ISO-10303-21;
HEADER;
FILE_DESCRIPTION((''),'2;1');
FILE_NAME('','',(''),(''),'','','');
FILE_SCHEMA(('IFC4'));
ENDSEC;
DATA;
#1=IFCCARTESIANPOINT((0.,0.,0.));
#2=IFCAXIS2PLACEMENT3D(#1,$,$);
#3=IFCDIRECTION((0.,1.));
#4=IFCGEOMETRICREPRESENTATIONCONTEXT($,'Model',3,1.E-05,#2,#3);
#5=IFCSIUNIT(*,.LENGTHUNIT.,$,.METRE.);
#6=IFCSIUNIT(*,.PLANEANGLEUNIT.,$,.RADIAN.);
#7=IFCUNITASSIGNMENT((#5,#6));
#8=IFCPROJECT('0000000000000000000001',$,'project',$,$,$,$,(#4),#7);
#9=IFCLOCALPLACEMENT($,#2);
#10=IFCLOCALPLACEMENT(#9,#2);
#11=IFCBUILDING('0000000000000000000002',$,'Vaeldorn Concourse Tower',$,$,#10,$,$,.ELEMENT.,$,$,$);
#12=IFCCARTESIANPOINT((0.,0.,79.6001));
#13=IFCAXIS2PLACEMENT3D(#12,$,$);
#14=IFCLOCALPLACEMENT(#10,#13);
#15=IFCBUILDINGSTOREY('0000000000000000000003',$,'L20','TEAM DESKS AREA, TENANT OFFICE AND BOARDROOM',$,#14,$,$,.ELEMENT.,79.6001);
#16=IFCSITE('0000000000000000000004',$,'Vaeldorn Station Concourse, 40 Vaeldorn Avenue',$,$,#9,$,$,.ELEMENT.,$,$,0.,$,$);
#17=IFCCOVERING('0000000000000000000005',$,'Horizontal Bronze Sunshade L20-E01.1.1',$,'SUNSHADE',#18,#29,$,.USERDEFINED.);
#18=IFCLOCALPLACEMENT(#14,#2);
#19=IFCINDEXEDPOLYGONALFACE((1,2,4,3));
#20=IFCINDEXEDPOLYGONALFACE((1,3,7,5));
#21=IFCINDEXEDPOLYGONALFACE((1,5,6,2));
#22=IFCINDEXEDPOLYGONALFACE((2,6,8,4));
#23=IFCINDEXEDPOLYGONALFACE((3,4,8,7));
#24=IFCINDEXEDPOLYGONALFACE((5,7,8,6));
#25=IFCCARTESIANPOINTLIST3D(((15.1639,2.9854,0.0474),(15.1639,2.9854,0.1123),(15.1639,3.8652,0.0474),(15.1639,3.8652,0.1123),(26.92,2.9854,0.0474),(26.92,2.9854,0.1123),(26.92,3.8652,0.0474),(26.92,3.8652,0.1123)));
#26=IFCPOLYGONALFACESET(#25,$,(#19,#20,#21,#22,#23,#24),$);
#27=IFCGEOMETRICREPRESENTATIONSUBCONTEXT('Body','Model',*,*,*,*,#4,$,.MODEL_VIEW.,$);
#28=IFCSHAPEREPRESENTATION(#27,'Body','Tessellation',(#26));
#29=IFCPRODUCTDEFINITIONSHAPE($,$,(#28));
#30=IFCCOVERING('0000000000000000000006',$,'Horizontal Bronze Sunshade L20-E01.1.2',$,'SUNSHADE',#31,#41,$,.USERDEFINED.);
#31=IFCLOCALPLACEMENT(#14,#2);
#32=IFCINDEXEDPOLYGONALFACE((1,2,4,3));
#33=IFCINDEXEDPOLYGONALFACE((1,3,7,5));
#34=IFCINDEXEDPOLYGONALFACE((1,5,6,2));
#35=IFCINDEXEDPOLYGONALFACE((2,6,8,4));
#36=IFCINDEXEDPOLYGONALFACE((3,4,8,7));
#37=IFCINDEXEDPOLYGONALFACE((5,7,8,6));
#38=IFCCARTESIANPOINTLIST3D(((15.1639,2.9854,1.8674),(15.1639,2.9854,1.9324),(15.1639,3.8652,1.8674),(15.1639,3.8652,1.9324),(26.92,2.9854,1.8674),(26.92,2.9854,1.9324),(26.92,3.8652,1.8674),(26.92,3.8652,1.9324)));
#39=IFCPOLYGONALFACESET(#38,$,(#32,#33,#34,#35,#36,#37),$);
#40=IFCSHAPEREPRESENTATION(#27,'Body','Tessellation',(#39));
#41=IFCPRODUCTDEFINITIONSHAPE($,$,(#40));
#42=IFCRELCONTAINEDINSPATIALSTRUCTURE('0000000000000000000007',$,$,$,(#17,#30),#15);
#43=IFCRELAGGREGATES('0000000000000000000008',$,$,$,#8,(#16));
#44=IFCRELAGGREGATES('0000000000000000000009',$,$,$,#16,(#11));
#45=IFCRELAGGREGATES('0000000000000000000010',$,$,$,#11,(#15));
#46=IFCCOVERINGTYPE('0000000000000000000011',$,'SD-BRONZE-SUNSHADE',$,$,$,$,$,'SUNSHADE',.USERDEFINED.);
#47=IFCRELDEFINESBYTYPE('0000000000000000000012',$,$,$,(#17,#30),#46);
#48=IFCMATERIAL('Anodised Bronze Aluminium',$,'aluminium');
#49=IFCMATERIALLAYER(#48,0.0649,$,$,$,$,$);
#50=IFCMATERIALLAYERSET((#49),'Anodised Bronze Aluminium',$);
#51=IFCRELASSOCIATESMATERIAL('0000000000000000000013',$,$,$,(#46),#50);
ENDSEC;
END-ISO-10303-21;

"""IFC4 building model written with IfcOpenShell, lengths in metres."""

from ifc_helpers import new_model, si_unit, direction, frame, origin, origin_2d, place, context, subcontext, project, spatial, rectangle, extrude, source, transform, mapped, material, layer, layer_set, type_object, element, save


model = new_model("IFC4")

# Units and contexts
model_context = context("Model", 3, precision=1e-05, world=origin(), true_north=direction((0.0, 1.0)))
body_context = subcontext(model_context, "Body", "Model", "MODEL_VIEW")
ifc_project = project(units=[si_unit("LENGTHUNIT", "METRE"), si_unit("PLANEANGLEUNIT", "RADIAN")], contexts=[model_context])

# Site, building, storey
site_placement = place(None, origin())
site = spatial("IfcSite", under=ifc_project, at=site_placement, Name="Vaeldorn Station Concourse, 40 Vaeldorn Avenue", CompositionType="ELEMENT", RefElevation=0.0)
building_placement = place(site_placement, origin())
building = spatial("IfcBuilding", under=site, at=building_placement, Name="Vaeldorn Concourse Tower", CompositionType="ELEMENT")
storey_placement = place(building_placement, frame((0.0, 0.0, 79.6001)))
storey = spatial("IfcBuildingStorey", under=building, at=storey_placement, Name="L20", Description="TEAM DESKS AREA, TENANT OFFICE AND BOARDROOM", CompositionType="ELEMENT", Elevation=79.6001)

# Shared definitions
ifc_material_1 = material(Name="Anodised Bronze Aluminium", Category="aluminium")

# Coverings
ifc_layer_1 = layer(ifc_material_1, 0.0649)
ifc_layer_set_1 = layer_set([ifc_layer_1], Name="Anodised Bronze Aluminium")
covering_type = type_object("IfcCoveringType", Name="SD-BRONZE-SUNSHADE", ElementType="SUNSHADE", PredefinedType="USERDEFINED", material=ifc_layer_set_1)
shared_shape_1 = source(origin(), body_context, "Body", "SweptSolid", [
    extrude(rectangle(XDim=11.7561, YDim=0.8799, at=origin_2d()), origin(), (0.0, 0.0, 1.0), 0.0649),
])
for number, where, z_axis, x_axis, name in (
    (1, (21.042, 3.4253, 0.0474), (0.0, 0.0, 1.0), (1.0, 0.0, 0.0), "Horizontal Bronze Sunshade L20-E01.1.1"),
    (2, (21.042, 3.4253, 1.8674), (0.0, 0.0, 1.0), (1.0, 0.0, 0.0), "Horizontal Bronze Sunshade L20-E01.1.2"),
):
    element("IfcCovering", number, at=place(storey_placement, frame(where, z_axis=z_axis, x_axis=x_axis)), inside=storey, type_object=covering_type, Name=name, ObjectType="SUNSHADE", PredefinedType="USERDEFINED", context=body_context, shape_type="MappedRepresentation", body=[
        mapped(shared_shape_1, transform((0.0, 0.0, 0.0), scale=1.0)),
    ])

save(model, "model.ifc")
